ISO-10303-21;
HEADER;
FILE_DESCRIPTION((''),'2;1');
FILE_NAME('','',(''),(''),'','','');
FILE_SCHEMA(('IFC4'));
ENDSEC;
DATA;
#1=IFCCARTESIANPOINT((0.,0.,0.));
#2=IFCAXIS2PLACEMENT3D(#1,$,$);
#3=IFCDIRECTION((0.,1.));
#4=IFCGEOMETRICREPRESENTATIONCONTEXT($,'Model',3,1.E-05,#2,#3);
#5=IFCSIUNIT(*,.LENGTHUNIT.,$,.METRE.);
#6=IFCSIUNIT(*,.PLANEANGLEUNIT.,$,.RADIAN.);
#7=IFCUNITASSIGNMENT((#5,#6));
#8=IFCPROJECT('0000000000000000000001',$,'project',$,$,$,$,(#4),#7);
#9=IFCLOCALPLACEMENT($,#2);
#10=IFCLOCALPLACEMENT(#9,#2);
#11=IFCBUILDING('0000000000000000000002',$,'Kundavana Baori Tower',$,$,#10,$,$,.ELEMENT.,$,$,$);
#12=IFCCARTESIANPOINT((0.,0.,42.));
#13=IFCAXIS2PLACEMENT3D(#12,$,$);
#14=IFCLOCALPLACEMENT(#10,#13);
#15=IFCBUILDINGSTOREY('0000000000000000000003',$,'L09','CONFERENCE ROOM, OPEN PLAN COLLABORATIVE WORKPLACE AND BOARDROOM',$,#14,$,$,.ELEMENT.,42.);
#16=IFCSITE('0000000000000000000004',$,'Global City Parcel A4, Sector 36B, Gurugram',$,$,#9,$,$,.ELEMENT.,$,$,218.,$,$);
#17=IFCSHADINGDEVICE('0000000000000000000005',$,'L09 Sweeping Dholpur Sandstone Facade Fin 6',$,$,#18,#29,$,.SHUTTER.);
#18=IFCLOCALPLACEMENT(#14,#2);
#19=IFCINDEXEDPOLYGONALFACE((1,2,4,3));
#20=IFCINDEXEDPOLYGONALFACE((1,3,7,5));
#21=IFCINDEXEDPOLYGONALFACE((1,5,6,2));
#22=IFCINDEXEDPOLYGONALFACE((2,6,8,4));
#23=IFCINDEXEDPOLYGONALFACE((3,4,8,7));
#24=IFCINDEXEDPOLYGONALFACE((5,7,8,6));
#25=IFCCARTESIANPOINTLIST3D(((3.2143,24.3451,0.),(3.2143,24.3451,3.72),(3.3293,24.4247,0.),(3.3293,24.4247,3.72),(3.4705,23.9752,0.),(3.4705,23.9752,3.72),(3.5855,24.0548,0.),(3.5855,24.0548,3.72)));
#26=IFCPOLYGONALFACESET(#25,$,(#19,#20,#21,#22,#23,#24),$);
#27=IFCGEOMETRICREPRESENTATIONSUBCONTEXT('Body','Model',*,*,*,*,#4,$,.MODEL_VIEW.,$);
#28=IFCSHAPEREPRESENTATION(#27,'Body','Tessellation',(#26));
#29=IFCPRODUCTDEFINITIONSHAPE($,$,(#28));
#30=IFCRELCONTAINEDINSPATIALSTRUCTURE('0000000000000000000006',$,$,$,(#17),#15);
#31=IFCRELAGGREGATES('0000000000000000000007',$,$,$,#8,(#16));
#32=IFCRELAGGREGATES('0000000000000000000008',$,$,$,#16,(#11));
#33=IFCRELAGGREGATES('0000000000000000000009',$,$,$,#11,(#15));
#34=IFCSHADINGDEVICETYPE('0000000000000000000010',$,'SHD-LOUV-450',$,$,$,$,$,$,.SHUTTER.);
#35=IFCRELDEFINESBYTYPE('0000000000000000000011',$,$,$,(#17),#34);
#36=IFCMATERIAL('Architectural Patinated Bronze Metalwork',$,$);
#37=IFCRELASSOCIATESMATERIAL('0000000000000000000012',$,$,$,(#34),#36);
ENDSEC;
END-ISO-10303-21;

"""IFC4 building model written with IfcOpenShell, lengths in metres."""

from ifc_helpers import new_model, si_unit, direction, frame, origin, origin_2d, place, context, subcontext, project, spatial, rectangle, extrude, material, type_object, element, save


model = new_model("IFC4")

# Units and contexts
model_context = context("Model", 3, precision=1e-05, world=origin(), true_north=direction((0.0, 1.0)))
body_context = subcontext(model_context, "Body", "Model", "MODEL_VIEW")
ifc_project = project(units=[si_unit("LENGTHUNIT", "METRE"), si_unit("PLANEANGLEUNIT", "RADIAN")], contexts=[model_context])

# Site, building, storey
site_placement = place(None, origin())
site = spatial("IfcSite", under=ifc_project, at=site_placement, Name="Global City Parcel A4, Sector 36B, Gurugram", CompositionType="ELEMENT", RefElevation=218.0)
building_placement = place(site_placement, origin())
building = spatial("IfcBuilding", under=site, at=building_placement, Name="Kundavana Baori Tower", CompositionType="ELEMENT")
storey_placement = place(building_placement, frame((0.0, 0.0, 42.0)))
storey = spatial("IfcBuildingStorey", under=building, at=storey_placement, Name="L09", Description="CONFERENCE ROOM, OPEN PLAN COLLABORATIVE WORKPLACE AND BOARDROOM", CompositionType="ELEMENT", Elevation=42.0)

# Shading device
ifc_material_1 = material(Name="Architectural Patinated Bronze Metalwork")
shading_device_type_1 = type_object("IfcShadingDeviceType", Name="SHD-LOUV-450", PredefinedType="SHUTTER", material=ifc_material_1)
shading_device_1_placement = place(storey_placement, frame((3.3999, 24.2, 0.0), z_axis=(0.0, 0.0, 1.0), x_axis=(0.822045, 0.569423, 0.0)))
element("IfcShadingDevice", 1, at=shading_device_1_placement, inside=storey, type_object=shading_device_type_1, Name="L09 Sweeping Dholpur Sandstone Facade Fin 6", PredefinedType="SHUTTER", context=body_context, shape_type="SweptSolid", body=[
    extrude(rectangle(XDim=0.1399, YDim=0.45, at=origin_2d()), origin(), (0.0, 0.0, 1.0), 3.72),
])

save(model, "model.ifc")
